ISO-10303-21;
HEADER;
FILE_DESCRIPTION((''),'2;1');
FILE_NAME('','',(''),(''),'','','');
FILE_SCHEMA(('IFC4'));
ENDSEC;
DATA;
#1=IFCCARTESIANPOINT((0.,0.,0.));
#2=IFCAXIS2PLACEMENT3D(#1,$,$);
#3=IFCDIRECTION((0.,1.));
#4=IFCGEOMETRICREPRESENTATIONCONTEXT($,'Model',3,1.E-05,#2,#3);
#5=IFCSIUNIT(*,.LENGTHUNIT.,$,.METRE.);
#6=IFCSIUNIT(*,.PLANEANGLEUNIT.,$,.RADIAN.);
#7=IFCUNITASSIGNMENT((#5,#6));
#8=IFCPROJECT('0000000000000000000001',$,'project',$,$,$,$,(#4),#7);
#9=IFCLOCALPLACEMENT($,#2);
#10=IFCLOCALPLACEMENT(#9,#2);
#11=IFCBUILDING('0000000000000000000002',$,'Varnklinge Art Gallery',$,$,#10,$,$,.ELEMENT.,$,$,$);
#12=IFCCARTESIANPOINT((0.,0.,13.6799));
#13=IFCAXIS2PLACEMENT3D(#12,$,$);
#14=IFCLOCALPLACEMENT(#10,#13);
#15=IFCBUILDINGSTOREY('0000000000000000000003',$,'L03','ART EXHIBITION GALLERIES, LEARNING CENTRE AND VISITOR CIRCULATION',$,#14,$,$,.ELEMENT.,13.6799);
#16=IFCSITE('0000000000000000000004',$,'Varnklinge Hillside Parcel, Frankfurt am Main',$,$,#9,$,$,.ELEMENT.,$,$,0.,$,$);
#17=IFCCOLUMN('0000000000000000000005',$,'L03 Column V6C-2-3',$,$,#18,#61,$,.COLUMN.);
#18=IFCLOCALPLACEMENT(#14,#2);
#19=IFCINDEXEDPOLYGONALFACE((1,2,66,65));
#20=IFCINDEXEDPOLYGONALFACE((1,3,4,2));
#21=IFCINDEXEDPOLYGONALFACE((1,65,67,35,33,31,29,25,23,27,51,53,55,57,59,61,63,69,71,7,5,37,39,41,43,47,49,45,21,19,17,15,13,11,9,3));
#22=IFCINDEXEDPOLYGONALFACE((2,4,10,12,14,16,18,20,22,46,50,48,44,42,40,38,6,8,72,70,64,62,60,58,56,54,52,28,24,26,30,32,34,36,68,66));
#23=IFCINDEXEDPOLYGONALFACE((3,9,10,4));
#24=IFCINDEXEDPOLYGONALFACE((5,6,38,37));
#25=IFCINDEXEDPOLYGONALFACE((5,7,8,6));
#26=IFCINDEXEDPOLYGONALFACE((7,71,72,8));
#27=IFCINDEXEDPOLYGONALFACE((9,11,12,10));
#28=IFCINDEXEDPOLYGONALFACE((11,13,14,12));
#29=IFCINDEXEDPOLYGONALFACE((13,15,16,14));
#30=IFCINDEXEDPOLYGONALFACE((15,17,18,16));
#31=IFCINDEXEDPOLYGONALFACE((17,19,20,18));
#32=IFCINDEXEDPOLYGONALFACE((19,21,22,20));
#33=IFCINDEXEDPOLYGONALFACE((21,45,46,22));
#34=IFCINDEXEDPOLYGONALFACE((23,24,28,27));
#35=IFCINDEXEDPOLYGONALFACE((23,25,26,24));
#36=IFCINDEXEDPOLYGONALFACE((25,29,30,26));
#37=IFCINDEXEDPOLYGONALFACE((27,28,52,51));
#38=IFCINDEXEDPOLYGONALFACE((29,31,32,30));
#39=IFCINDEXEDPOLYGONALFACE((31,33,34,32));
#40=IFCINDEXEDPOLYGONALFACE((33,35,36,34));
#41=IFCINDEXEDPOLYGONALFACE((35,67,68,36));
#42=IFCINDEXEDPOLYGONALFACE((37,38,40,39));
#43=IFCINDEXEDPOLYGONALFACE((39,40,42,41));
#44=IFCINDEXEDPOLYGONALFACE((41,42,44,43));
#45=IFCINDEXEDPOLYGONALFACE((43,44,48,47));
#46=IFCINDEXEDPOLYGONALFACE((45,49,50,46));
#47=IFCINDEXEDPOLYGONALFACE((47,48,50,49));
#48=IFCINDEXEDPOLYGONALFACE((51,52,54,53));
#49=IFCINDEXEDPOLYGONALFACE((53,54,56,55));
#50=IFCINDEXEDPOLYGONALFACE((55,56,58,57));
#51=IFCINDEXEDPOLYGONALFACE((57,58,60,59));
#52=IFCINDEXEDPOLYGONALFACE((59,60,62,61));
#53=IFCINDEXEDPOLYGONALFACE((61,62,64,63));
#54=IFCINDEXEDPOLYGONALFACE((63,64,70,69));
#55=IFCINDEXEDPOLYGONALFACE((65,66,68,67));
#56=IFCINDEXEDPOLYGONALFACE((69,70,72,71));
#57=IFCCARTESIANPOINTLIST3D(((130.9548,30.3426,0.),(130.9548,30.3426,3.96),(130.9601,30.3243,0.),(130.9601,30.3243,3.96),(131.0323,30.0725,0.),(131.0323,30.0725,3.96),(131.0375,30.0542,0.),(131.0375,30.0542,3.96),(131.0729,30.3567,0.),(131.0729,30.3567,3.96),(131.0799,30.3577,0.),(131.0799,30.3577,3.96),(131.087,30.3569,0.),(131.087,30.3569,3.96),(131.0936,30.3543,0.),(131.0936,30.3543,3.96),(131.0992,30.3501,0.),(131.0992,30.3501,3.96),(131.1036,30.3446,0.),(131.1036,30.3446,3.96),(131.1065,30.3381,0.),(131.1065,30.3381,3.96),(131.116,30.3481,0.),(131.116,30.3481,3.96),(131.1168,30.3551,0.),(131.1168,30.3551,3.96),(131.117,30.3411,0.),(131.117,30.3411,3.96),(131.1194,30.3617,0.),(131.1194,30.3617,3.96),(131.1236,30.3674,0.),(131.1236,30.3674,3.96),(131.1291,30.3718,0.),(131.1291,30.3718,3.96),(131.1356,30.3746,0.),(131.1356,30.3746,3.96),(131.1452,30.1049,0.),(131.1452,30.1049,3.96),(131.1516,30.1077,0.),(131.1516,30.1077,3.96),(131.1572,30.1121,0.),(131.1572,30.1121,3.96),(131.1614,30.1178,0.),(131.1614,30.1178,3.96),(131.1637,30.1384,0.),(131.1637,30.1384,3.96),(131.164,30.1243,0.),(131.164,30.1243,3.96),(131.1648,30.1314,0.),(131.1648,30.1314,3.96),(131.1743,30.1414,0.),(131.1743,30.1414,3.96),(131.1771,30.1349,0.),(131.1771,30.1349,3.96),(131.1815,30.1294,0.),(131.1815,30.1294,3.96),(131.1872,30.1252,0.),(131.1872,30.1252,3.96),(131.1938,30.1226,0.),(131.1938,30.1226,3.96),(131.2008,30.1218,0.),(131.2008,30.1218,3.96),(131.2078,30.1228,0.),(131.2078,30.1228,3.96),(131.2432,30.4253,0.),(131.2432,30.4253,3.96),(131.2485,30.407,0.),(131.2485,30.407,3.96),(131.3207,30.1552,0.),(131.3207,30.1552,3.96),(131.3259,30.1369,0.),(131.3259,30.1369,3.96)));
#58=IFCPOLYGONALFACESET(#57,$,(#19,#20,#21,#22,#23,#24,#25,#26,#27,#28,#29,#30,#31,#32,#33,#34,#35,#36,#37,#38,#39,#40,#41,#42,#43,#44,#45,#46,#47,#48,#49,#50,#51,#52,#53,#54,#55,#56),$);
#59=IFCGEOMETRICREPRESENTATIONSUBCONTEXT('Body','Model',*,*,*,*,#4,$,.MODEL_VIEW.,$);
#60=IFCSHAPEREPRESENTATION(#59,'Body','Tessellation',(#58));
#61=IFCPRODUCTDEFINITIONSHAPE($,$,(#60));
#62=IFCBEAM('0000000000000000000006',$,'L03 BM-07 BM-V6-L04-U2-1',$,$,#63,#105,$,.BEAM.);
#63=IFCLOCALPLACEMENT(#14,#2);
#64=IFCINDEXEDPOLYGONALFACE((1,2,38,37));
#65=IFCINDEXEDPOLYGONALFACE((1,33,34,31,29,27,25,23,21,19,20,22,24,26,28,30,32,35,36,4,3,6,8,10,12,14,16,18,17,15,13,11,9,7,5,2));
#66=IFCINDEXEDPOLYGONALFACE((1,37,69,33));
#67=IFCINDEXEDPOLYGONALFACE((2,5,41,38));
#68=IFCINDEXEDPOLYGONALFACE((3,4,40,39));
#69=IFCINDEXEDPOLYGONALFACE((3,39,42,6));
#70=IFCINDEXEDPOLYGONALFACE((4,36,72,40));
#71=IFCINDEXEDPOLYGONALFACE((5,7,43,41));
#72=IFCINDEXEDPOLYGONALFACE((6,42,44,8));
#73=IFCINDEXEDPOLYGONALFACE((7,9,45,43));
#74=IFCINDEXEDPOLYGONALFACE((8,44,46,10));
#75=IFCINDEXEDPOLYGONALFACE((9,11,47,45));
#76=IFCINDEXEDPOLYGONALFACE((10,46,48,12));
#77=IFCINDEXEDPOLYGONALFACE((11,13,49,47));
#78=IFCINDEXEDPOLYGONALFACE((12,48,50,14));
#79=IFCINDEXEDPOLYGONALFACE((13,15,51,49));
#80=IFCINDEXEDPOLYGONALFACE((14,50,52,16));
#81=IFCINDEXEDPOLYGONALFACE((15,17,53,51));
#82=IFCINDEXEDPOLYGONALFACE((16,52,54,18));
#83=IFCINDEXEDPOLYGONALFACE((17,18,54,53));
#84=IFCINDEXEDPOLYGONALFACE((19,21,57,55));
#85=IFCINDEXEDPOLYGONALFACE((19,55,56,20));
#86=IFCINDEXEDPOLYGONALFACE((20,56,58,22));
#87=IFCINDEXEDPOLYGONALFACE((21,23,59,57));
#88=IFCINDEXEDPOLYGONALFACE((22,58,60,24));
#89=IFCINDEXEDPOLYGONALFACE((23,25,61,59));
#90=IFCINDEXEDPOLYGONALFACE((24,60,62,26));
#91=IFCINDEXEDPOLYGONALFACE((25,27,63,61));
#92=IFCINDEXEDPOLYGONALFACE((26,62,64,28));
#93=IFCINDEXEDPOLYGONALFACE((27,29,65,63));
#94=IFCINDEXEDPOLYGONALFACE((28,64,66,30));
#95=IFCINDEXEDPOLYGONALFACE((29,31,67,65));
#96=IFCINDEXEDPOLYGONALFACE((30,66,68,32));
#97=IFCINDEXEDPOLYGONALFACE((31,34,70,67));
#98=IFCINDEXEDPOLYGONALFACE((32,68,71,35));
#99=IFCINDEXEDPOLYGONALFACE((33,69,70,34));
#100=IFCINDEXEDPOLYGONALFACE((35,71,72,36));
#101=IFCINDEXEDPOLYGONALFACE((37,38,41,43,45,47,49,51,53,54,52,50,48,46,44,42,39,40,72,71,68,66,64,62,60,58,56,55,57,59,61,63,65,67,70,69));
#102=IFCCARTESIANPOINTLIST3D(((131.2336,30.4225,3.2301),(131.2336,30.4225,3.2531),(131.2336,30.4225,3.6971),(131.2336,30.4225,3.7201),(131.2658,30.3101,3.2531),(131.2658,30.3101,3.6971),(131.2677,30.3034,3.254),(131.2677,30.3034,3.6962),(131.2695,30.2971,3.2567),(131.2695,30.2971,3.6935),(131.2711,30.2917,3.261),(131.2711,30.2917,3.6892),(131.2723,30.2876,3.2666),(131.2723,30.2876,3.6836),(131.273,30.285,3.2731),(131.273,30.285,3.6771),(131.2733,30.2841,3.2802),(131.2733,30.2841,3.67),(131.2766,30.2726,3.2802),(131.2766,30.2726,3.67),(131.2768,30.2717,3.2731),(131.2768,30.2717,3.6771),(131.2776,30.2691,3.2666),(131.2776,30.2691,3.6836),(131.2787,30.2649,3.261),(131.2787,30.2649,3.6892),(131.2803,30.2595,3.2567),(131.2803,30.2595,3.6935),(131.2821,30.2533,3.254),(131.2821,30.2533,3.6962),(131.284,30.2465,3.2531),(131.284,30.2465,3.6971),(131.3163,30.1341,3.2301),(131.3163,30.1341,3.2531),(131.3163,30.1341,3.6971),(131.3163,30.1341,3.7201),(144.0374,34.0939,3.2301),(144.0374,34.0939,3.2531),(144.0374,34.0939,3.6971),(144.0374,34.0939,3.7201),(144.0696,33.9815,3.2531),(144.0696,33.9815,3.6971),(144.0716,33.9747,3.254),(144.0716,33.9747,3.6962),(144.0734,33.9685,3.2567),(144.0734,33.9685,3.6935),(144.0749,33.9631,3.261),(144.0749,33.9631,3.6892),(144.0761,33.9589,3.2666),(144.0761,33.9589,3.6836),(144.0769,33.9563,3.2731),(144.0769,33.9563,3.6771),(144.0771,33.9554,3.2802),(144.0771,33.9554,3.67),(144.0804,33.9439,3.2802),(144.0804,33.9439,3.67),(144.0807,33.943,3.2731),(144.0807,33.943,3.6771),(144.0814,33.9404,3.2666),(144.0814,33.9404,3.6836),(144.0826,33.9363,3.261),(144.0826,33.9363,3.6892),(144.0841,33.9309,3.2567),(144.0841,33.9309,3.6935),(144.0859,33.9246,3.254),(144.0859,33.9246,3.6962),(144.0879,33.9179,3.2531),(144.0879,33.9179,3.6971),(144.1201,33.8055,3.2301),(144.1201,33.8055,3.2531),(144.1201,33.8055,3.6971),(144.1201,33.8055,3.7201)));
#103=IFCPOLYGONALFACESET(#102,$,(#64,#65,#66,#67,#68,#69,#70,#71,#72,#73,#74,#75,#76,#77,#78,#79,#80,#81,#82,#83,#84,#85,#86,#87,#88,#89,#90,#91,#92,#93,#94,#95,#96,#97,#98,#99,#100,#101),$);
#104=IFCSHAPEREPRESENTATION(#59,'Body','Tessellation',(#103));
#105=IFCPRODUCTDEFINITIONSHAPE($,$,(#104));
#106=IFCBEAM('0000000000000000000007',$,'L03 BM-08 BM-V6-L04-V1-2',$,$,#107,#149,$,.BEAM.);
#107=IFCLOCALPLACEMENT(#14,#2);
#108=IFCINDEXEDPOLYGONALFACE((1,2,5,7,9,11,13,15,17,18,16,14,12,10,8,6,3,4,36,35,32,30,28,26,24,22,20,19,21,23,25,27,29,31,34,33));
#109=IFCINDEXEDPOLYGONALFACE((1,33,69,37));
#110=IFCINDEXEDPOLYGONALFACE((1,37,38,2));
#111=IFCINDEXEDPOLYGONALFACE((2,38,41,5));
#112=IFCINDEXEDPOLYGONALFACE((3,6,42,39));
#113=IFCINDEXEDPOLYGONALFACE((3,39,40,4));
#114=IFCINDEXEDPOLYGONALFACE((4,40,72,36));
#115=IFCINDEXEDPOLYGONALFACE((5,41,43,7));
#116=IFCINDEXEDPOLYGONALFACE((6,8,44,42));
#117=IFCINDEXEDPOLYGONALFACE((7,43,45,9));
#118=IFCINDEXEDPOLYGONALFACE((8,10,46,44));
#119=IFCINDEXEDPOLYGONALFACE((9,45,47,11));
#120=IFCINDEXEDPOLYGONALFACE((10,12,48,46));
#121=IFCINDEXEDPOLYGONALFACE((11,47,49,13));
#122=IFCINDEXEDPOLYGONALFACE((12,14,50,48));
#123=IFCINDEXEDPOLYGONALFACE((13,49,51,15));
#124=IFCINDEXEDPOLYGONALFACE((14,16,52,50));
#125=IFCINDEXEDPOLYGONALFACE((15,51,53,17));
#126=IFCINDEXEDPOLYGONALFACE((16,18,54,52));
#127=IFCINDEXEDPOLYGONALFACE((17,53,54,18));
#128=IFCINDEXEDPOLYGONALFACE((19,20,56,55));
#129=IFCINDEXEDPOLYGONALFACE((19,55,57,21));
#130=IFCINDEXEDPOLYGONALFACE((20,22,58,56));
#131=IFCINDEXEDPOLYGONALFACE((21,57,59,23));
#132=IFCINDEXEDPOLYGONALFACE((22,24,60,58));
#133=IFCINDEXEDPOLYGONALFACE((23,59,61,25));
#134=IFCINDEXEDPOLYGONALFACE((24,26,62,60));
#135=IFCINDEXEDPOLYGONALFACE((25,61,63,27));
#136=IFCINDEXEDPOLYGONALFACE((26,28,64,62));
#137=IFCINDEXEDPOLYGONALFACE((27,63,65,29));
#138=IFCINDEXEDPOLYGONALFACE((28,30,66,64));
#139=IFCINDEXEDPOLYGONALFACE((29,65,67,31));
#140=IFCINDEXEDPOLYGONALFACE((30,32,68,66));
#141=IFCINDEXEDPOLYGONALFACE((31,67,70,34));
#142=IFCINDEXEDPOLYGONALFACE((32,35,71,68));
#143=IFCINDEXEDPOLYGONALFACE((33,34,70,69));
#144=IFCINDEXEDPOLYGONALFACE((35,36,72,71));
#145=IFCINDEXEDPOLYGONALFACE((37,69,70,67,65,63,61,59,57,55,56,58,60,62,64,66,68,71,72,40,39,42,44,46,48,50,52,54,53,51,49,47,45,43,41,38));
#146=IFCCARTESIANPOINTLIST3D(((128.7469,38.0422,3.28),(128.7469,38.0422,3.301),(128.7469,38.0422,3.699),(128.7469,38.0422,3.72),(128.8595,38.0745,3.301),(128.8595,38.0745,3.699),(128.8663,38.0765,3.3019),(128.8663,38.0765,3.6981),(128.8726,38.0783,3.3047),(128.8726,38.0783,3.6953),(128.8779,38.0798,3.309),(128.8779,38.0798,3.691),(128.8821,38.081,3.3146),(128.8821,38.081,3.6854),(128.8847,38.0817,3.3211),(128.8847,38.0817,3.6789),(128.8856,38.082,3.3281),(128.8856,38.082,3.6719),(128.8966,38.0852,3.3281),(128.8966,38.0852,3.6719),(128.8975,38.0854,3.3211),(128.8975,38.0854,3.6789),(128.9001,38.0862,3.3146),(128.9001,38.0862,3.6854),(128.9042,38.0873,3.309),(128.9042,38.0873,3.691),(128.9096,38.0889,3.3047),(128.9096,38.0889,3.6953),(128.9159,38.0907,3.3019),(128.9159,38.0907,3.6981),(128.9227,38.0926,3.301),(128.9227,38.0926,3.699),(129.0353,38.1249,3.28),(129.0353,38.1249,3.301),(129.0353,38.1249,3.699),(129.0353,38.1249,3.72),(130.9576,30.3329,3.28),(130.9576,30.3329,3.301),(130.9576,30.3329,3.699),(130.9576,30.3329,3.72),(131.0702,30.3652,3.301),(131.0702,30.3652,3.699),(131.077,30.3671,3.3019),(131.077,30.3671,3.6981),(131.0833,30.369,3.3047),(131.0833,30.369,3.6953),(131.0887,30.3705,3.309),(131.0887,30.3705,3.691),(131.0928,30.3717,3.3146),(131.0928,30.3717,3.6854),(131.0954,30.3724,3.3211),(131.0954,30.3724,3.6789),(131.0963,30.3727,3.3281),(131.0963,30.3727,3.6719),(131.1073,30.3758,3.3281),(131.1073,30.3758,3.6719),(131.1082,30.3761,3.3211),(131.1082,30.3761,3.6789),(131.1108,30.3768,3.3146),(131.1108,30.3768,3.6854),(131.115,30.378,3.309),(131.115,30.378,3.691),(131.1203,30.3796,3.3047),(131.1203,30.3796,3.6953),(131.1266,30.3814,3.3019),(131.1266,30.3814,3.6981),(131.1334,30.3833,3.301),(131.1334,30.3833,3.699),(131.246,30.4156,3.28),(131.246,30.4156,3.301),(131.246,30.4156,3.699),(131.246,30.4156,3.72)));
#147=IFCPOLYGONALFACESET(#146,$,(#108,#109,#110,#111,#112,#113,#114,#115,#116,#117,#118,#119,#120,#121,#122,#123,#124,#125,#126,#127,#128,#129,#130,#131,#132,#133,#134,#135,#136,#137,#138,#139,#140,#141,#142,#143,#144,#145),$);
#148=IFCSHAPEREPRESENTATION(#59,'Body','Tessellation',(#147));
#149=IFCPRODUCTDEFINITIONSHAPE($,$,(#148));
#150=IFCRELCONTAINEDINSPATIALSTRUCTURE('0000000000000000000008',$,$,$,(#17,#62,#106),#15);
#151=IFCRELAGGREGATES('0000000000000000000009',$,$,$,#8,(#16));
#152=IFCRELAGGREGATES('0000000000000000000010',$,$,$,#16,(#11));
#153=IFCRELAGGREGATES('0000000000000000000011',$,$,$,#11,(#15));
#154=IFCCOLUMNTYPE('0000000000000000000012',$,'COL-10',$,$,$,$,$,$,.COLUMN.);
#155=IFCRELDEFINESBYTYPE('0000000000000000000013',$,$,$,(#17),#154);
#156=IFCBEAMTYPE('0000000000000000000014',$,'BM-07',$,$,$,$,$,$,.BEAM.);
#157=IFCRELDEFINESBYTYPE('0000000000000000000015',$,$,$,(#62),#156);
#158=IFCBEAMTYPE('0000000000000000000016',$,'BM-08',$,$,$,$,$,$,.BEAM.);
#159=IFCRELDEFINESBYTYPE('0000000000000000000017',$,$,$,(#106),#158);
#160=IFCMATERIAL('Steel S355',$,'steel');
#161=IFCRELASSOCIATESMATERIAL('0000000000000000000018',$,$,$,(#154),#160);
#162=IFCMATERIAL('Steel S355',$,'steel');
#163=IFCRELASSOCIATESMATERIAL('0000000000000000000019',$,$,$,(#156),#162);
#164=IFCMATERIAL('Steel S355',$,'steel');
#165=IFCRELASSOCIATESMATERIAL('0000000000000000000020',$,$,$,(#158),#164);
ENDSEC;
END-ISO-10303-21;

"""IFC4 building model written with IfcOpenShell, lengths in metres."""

from ifc_helpers import new_model, si_unit, direction, frame, origin, origin_2d, place, context, subcontext, project, spatial, i_section, extrude, material, material_profile, profile_set, type_object, element, save


model = new_model("IFC4")

# Units and contexts
model_context = context("Model", 3, precision=1e-05, world=origin(), true_north=direction((0.0, 1.0)))
body_context = subcontext(model_context, "Body", "Model", "MODEL_VIEW")
ifc_project = project(units=[si_unit("LENGTHUNIT", "METRE"), si_unit("PLANEANGLEUNIT", "RADIAN")], contexts=[model_context])

# Site, building, storey
site_placement = place(None, origin())
site = spatial("IfcSite", under=ifc_project, at=site_placement, Name="Varnklinge Hillside Parcel, Frankfurt am Main", CompositionType="ELEMENT", RefElevation=0.0)
building_placement = place(site_placement, origin())
building = spatial("IfcBuilding", under=site, at=building_placement, Name="Varnklinge Art Gallery", CompositionType="ELEMENT")
storey_placement = place(building_placement, frame((0.0, 0.0, 13.6799)))
storey = spatial("IfcBuildingStorey", under=building, at=storey_placement, Name="L03", Description="ART EXHIBITION GALLERIES, LEARNING CENTRE AND VISITOR CIRCULATION", CompositionType="ELEMENT", Elevation=13.6799)

# Column
ifc_material_1 = material(Name="Steel S355", Category="steel")
ifc_material_profile_1 = material_profile(ifc_material_1, i_section(OverallWidth=0.3, OverallDepth=0.3, WebThickness=0.011, FlangeThickness=0.019, FilletRadius=0.0271, at=origin_2d()), Name="HEB 300")
ifc_profile_set_1 = profile_set([ifc_material_profile_1], Name="Steel S355")
column_type = type_object("IfcColumnType", Name="COL-10", PredefinedType="COLUMN", material=ifc_profile_set_1)
column_placement = place(storey_placement, frame((131.1404, 30.2397, 0.0), z_axis=(0.0, 0.0, 1.0), x_axis=(0.961262, 0.275637, 0.0)))
element("IfcColumn", 1, at=column_placement, inside=storey, type_object=column_type, Name="L03 Column V6C-2-3", PredefinedType="COLUMN", context=body_context, shape_type="SweptSolid", body=[
    extrude(i_section(OverallWidth=0.3, OverallDepth=0.3, WebThickness=0.011, FlangeThickness=0.019, FilletRadius=0.0271, at=origin_2d()), origin(), (0.0, 0.0, 1.0), 3.96),
])

# Beams
ifc_material_2 = material(Name="Steel S355", Category="steel")
ifc_material_profile_2 = material_profile(ifc_material_2, i_section(OverallWidth=0.3, OverallDepth=0.49, WebThickness=0.012, FlangeThickness=0.0229, FilletRadius=0.0271, at=origin_2d()), Name="HEA 500")
ifc_profile_set_2 = profile_set([ifc_material_profile_2], Name="Steel S355")
beam_type_1 = type_object("IfcBeamType", Name="BM-07", PredefinedType="BEAM", material=ifc_profile_set_2)
beam_1_placement = place(storey_placement, frame((131.2749, 30.2783, 3.4751), z_axis=(0.961263, 0.275631, 0.0), x_axis=(-0.275631, 0.961263, 0.0)))
element("IfcBeam", 2, at=beam_1_placement, inside=storey, type_object=beam_type_1, Name="L03 BM-07 BM-V6-L04-U2-1", PredefinedType="BEAM", context=body_context, shape_type="SweptSolid", body=[
    extrude(i_section(OverallWidth=0.3, OverallDepth=0.49, WebThickness=0.012, FlangeThickness=0.0229, FilletRadius=0.0271, at=origin_2d()), origin(), (0.0, 0.0, 1.0), 13.3198),
])
ifc_material_3 = material(Name="Steel S355", Category="steel")
ifc_material_profile_3 = material_profile(ifc_material_3, i_section(OverallWidth=0.3, OverallDepth=0.4399, WebThickness=0.0115, FlangeThickness=0.021, FilletRadius=0.0271, at=origin_2d()), Name="HEA 450")
ifc_profile_set_3 = profile_set([ifc_material_profile_3], Name="Steel S355")
beam_type_2 = type_object("IfcBeamType", Name="BM-08", PredefinedType="BEAM", material=ifc_profile_set_3)
beam_2_placement = place(storey_placement, frame((131.1018, 30.3743, 3.5), z_axis=(-0.27565, 0.961258, 0.0), x_axis=(-0.961258, -0.27565, 0.0)))
element("IfcBeam", 3, at=beam_2_placement, inside=storey, type_object=beam_type_2, Name="L03 BM-08 BM-V6-L04-V1-2", PredefinedType="BEAM", context=body_context, shape_type="SweptSolid", body=[
    extrude(i_section(OverallWidth=0.3, OverallDepth=0.4399, WebThickness=0.0115, FlangeThickness=0.021, FilletRadius=0.0271, at=origin_2d()), origin(), (0.0, 0.0, 1.0), 8.02),
])

save(model, "model.ifc")
